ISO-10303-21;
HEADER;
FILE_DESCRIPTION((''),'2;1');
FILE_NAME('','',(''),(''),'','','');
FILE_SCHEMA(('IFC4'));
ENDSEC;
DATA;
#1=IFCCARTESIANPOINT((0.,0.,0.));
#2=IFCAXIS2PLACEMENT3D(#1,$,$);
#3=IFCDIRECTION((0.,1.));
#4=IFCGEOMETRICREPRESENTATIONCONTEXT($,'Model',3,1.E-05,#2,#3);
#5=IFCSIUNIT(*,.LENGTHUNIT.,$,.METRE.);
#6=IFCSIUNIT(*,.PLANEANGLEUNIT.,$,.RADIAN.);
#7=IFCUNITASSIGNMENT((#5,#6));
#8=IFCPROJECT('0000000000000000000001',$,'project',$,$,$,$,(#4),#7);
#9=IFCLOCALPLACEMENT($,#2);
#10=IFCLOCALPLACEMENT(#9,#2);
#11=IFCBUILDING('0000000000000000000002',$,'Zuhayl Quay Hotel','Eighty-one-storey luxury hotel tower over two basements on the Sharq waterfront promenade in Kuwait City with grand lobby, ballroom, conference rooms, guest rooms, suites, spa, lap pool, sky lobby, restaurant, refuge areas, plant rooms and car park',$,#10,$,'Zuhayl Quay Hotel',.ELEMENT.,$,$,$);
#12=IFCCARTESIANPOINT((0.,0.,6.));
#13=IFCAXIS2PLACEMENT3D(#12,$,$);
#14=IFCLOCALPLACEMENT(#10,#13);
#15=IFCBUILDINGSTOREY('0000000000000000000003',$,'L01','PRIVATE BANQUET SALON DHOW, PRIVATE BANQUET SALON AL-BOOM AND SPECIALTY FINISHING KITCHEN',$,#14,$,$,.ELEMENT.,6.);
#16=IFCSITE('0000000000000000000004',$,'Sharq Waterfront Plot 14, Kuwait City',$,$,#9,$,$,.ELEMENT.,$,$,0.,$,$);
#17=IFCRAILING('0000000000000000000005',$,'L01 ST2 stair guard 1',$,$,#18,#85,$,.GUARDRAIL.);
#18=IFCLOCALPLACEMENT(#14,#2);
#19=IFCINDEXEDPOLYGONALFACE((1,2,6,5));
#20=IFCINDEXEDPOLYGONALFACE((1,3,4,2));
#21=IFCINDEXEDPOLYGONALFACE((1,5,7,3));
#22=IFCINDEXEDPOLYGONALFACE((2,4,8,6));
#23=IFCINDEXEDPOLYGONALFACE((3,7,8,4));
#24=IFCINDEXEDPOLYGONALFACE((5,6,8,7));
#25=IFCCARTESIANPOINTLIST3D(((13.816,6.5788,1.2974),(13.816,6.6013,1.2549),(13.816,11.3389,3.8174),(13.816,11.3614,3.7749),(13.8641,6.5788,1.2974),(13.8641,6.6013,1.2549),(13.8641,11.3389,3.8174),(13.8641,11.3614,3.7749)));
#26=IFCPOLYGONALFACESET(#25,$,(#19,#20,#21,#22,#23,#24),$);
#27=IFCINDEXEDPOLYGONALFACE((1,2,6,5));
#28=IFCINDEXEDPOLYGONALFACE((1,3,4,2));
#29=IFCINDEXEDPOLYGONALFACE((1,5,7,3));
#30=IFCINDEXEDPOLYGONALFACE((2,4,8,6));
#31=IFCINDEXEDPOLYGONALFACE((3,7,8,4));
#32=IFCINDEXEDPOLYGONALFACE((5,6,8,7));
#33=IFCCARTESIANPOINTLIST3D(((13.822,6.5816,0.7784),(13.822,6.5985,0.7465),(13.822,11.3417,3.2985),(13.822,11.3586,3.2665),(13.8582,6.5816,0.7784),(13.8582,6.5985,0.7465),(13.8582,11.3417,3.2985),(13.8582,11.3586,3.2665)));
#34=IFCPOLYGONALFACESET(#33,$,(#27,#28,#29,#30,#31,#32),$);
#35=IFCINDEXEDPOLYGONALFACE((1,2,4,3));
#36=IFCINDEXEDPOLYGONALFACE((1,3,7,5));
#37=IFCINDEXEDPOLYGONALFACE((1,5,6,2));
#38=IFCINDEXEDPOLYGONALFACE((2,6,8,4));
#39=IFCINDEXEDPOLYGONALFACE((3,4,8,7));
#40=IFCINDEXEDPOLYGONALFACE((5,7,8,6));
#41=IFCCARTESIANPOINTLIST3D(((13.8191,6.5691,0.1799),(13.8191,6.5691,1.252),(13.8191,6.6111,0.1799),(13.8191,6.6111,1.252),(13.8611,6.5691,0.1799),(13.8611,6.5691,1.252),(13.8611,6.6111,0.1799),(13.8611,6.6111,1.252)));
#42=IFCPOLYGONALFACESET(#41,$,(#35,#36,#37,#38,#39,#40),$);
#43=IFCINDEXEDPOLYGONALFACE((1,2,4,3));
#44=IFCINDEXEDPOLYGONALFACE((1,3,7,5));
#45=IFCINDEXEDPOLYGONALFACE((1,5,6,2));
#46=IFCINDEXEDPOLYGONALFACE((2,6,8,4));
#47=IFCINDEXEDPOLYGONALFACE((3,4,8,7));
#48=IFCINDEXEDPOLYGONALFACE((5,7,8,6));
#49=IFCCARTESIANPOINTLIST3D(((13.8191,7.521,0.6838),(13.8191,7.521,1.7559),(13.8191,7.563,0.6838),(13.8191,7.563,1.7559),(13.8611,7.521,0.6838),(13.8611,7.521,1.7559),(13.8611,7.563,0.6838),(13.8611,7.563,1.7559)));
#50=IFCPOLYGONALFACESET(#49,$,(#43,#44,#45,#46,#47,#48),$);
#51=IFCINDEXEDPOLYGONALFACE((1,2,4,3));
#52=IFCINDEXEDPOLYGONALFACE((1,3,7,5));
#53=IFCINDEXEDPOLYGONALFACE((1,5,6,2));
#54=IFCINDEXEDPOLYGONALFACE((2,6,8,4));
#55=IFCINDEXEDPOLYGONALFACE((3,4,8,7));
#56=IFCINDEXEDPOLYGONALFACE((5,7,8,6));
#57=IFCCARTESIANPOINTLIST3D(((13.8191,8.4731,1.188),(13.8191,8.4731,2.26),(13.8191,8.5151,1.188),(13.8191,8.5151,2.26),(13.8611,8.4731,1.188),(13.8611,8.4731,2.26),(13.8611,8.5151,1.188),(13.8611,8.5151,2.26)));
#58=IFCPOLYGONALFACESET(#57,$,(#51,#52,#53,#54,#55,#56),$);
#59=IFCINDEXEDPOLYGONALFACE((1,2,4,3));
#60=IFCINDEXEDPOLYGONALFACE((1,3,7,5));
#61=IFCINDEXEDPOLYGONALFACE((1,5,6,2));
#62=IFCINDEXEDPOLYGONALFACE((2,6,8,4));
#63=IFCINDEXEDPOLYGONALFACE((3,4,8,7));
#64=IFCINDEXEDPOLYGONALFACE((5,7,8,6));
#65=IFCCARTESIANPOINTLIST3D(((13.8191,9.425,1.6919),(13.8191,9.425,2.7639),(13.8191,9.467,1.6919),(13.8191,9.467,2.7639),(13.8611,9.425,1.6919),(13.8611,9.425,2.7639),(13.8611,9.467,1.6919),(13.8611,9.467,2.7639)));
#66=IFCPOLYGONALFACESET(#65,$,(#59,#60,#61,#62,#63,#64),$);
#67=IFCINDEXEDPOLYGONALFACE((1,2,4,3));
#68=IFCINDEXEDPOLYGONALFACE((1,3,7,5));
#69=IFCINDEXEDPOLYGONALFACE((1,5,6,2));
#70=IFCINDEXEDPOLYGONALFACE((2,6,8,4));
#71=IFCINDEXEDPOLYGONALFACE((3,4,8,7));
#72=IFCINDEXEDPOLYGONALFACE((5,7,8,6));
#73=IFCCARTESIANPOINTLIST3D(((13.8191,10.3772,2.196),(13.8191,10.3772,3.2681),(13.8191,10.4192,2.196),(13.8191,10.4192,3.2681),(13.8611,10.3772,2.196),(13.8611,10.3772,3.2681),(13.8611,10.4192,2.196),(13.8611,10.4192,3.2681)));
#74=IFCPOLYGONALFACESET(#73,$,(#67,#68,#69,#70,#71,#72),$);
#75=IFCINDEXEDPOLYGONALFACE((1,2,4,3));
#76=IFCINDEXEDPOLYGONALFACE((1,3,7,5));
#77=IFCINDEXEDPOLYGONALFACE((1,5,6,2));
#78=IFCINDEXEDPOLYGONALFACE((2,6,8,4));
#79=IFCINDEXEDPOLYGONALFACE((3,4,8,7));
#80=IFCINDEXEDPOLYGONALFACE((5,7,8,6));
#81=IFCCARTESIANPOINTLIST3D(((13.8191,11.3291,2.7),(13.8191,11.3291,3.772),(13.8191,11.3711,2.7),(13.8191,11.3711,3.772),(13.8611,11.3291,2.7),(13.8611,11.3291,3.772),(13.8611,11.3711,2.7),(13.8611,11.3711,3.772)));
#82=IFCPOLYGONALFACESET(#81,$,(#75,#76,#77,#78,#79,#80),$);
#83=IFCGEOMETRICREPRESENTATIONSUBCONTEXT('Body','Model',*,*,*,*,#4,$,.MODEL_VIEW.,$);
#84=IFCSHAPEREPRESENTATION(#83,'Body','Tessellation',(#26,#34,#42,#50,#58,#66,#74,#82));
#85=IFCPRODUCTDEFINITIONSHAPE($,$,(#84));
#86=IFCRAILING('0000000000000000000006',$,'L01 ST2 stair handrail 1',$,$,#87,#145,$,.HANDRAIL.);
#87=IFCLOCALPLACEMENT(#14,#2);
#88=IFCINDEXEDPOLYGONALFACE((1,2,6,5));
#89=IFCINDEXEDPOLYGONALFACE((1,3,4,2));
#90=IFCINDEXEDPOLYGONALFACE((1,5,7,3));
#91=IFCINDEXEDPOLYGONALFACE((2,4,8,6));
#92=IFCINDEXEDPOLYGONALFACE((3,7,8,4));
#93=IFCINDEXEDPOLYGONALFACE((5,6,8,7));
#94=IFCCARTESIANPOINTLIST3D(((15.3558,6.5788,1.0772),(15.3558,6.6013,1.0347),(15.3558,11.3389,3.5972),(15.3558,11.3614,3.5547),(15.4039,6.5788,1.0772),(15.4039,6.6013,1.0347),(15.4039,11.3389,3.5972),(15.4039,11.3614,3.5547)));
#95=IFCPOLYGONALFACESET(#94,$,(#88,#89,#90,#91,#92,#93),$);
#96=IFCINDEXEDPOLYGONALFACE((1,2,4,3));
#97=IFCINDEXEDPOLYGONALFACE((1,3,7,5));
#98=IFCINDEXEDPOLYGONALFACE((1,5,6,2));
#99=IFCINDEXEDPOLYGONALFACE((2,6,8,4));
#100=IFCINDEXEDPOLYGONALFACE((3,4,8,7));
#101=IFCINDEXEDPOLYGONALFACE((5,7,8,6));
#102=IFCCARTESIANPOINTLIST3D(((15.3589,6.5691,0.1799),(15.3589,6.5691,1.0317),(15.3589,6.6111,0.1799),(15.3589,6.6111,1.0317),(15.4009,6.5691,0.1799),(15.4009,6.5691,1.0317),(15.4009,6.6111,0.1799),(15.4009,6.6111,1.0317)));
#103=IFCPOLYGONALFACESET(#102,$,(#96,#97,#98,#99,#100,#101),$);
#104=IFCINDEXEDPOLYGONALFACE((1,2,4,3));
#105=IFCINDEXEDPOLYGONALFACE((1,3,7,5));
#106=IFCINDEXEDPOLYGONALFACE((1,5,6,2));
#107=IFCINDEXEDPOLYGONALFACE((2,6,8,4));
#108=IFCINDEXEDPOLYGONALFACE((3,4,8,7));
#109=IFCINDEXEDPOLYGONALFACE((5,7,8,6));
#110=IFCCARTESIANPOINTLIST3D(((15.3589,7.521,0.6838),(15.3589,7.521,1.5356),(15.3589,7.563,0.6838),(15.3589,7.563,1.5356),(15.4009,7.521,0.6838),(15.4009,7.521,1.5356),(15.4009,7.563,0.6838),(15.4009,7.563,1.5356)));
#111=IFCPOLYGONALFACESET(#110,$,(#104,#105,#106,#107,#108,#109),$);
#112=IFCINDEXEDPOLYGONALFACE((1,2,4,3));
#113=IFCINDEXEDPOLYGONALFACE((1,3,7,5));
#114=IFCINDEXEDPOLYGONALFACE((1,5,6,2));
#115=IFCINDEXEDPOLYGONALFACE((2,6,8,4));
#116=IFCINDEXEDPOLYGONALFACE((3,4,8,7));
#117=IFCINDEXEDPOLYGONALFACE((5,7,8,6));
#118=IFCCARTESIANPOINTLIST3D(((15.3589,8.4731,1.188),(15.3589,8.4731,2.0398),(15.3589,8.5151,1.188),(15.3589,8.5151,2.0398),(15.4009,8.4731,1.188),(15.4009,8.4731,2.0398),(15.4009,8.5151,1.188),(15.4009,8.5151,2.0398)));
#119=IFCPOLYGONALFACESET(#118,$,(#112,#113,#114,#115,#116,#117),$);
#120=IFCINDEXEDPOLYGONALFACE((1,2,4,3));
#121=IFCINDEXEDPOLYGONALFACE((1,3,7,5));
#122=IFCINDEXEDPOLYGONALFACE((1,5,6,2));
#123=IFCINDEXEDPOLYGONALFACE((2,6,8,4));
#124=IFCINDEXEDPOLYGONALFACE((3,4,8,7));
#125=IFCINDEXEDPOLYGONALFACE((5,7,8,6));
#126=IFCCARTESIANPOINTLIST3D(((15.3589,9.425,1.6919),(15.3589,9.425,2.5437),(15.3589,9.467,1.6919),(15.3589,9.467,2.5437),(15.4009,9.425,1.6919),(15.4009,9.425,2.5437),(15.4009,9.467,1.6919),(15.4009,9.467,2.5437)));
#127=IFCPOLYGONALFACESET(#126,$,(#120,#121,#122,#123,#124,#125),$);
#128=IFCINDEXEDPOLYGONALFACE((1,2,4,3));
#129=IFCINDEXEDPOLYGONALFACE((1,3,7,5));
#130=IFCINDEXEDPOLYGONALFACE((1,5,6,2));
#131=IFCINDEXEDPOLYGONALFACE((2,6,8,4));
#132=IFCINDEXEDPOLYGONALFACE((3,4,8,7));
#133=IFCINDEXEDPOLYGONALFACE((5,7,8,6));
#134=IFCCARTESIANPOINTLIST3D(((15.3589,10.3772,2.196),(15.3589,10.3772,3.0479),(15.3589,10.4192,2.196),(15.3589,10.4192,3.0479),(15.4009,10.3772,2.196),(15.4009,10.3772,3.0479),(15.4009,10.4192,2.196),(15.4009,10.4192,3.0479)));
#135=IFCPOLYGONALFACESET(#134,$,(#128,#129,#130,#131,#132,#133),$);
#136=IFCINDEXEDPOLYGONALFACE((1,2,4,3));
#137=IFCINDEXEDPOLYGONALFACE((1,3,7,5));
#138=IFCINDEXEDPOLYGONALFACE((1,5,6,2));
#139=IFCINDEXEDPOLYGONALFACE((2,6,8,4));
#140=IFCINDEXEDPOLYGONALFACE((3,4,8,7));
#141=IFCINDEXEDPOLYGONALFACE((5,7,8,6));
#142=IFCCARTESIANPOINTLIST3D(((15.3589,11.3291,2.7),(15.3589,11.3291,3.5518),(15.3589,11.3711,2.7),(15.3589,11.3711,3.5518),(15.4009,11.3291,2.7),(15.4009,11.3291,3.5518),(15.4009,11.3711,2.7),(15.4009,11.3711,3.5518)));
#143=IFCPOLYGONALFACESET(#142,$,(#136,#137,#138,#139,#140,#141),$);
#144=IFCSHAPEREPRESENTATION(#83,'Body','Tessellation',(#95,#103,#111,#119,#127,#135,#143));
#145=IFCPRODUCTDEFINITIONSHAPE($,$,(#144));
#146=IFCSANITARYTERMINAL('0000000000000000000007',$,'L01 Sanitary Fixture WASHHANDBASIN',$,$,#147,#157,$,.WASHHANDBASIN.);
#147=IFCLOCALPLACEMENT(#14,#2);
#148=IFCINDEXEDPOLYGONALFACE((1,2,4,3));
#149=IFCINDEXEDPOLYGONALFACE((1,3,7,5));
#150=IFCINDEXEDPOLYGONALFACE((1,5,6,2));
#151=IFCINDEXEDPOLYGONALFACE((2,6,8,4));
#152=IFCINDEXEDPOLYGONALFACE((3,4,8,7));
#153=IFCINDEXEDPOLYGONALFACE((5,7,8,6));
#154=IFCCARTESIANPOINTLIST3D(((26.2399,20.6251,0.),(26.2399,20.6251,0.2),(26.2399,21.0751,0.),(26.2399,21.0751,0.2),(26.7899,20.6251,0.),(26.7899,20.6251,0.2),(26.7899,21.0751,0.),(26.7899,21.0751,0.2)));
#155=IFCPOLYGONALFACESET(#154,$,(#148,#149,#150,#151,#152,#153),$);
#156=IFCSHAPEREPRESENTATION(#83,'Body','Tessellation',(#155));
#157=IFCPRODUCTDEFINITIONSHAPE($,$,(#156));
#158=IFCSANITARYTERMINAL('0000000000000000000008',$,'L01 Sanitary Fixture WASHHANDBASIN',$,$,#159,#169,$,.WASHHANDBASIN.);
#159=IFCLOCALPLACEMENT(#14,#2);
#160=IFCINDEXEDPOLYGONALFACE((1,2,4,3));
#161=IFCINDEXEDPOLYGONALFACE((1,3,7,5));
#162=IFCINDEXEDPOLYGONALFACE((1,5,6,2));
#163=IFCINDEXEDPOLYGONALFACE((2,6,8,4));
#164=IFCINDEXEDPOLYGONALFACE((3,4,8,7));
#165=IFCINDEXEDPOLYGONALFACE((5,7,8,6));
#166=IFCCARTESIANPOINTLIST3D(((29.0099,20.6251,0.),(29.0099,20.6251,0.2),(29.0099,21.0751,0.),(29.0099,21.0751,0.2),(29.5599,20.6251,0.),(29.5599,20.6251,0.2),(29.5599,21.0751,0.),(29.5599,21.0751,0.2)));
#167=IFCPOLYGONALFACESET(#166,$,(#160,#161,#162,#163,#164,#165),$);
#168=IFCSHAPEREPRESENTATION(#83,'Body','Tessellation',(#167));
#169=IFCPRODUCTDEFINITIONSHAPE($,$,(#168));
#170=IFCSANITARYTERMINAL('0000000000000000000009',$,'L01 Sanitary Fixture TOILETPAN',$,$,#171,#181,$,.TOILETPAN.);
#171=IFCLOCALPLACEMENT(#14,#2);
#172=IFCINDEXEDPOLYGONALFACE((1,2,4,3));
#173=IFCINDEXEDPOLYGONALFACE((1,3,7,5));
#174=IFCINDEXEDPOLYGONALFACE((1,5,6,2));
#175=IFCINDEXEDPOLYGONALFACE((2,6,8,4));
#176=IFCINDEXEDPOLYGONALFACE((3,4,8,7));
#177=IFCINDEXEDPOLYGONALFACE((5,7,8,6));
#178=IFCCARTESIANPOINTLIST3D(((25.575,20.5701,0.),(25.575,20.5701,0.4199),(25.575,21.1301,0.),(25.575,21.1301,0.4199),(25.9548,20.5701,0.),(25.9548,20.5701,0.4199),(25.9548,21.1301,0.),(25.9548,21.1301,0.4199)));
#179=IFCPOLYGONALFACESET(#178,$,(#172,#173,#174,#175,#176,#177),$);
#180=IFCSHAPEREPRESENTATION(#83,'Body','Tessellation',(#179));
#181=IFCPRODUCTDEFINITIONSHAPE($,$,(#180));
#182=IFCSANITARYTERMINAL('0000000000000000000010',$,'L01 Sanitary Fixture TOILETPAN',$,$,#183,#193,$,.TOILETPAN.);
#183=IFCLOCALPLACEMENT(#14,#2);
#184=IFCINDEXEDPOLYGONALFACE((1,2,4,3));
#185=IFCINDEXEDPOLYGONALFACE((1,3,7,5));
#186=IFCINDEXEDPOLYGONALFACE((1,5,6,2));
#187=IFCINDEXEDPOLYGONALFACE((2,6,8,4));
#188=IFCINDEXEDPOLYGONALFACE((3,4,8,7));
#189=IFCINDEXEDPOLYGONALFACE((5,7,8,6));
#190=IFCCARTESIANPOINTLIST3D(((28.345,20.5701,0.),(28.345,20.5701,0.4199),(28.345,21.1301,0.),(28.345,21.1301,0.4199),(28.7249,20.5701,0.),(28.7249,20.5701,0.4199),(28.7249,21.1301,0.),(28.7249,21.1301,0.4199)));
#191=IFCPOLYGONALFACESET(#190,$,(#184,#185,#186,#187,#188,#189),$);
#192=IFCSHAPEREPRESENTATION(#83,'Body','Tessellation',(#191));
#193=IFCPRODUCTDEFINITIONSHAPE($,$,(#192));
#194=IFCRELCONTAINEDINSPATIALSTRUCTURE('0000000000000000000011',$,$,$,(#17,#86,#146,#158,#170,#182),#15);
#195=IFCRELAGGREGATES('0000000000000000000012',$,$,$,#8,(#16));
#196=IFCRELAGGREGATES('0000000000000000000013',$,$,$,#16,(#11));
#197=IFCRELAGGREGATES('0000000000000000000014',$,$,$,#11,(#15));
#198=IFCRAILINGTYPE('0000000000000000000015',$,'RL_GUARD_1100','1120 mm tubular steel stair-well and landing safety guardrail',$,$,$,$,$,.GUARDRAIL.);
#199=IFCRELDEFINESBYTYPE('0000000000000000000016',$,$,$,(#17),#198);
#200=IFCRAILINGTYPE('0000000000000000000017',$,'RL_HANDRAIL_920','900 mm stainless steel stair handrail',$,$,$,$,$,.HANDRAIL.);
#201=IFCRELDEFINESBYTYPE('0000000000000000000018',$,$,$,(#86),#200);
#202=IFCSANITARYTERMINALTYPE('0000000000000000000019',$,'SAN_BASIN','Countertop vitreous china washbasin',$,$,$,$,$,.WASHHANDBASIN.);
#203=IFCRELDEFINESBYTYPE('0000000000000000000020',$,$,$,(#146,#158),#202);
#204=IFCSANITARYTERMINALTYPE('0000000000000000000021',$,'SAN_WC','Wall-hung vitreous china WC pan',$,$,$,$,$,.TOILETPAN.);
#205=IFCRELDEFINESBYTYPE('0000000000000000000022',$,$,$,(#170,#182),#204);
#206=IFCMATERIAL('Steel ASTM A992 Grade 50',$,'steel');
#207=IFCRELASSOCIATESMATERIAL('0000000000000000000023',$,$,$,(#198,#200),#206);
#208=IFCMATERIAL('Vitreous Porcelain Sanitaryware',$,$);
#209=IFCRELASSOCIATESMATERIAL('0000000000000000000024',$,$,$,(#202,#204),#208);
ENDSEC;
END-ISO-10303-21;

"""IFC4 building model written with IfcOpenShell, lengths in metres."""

from ifc_helpers import new_model, si_unit, direction, frame, origin, origin_2d, place, context, subcontext, project, spatial, rectangle, extrude, material, type_object, element, save


model = new_model("IFC4")

# Units and contexts
model_context = context("Model", 3, precision=1e-05, world=origin(), true_north=direction((0.0, 1.0)))
body_context = subcontext(model_context, "Body", "Model", "MODEL_VIEW")
ifc_project = project(units=[si_unit("LENGTHUNIT", "METRE"), si_unit("PLANEANGLEUNIT", "RADIAN")], contexts=[model_context])

# Site, building, storey
site_placement = place(None, origin())
site = spatial("IfcSite", under=ifc_project, at=site_placement, Name="Sharq Waterfront Plot 14, Kuwait City", CompositionType="ELEMENT", RefElevation=0.0)
building_placement = place(site_placement, origin())
building = spatial("IfcBuilding", under=site, at=building_placement, Name="Zuhayl Quay Hotel", Description="Eighty-one-storey luxury hotel tower over two basements on the Sharq waterfront promenade in Kuwait City with grand lobby, ballroom, conference rooms, guest rooms, suites, spa, lap pool, sky lobby, restaurant, refuge areas, plant rooms and car park", LongName="Zuhayl Quay Hotel", CompositionType="ELEMENT")
storey_placement = place(building_placement, frame((0.0, 0.0, 6.0)))
storey = spatial("IfcBuildingStorey", under=building, at=storey_placement, Name="L01", Description="PRIVATE BANQUET SALON DHOW, PRIVATE BANQUET SALON AL-BOOM AND SPECIALTY FINISHING KITCHEN", CompositionType="ELEMENT", Elevation=6.0)

# Shared definitions
ifc_material_1 = material(Name="Steel ASTM A992 Grade 50", Category="steel")

# Railings
railing_type_1 = type_object("IfcRailingType", Name="RL_GUARD_1100", Description="1120 mm tubular steel stair-well and landing safety guardrail", PredefinedType="GUARDRAIL", material=ifc_material_1)
railing_1_placement = place(storey_placement, frame((13.8401, 6.5901, 0.1799)))
element("IfcRailing", 1, at=railing_1_placement, inside=storey, type_object=railing_type_1, Name="L01 ST2 stair guard 1", PredefinedType="GUARDRAIL", context=body_context, shape_type="SweptSolid", body=[
    extrude(rectangle(XDim=0.0481, YDim=0.0481, at=origin_2d()), frame((0.0, 0.0, 1.0962), z_axis=(0.0, 0.883787, 0.46789), x_axis=(-1.0, 0.0, 0.0)), (0.0, 0.0, 1.0), 5.386),
    extrude(rectangle(XDim=0.0361, YDim=0.0361, at=origin_2d()), frame((0.0, 0.0, 0.5825), z_axis=(0.0, 0.883787, 0.46789), x_axis=(-1.0, 0.0, 0.0)), (0.0, 0.0, 1.0), 5.386),
    extrude(rectangle(XDim=0.042, YDim=0.042, at=origin_2d()), origin(), (0.0, 0.0, 1.0), 1.072),
    extrude(rectangle(XDim=0.042, YDim=0.042, at=origin_2d()), frame((0.0, 0.9519, 0.5039)), (0.0, 0.0, 1.0), 1.072),
    extrude(rectangle(XDim=0.042, YDim=0.042, at=origin_2d()), frame((0.0, 1.9041, 1.0081)), (0.0, 0.0, 1.0), 1.072),
    extrude(rectangle(XDim=0.042, YDim=0.042, at=origin_2d()), frame((0.0, 2.856, 1.512)), (0.0, 0.0, 1.0), 1.072),
    extrude(rectangle(XDim=0.042, YDim=0.042, at=origin_2d()), frame((0.0, 3.8081, 2.0161)), (0.0, 0.0, 1.0), 1.072),
    extrude(rectangle(XDim=0.042, YDim=0.042, at=origin_2d()), frame((0.0, 4.76, 2.52)), (0.0, 0.0, 1.0), 1.072),
])
railing_type_2 = type_object("IfcRailingType", Name="RL_HANDRAIL_920", Description="900 mm stainless steel stair handrail", PredefinedType="HANDRAIL", material=ifc_material_1)
railing_2_placement = place(storey_placement, frame((15.3799, 6.5901, 0.1799)))
element("IfcRailing", 2, at=railing_2_placement, inside=storey, type_object=railing_type_2, Name="L01 ST2 stair handrail 1", PredefinedType="HANDRAIL", context=body_context, shape_type="SweptSolid", body=[
    extrude(rectangle(XDim=0.0481, YDim=0.0481, at=origin_2d()), frame((0.0, 0.0, 0.876), z_axis=(0.0, 0.883787, 0.46789), x_axis=(-1.0, 0.0, 0.0)), (0.0, 0.0, 1.0), 5.386),
    extrude(rectangle(XDim=0.042, YDim=0.042, at=origin_2d()), origin(), (0.0, 0.0, 1.0), 0.8518),
    extrude(rectangle(XDim=0.042, YDim=0.042, at=origin_2d()), frame((0.0, 0.9519, 0.5039)), (0.0, 0.0, 1.0), 0.8518),
    extrude(rectangle(XDim=0.042, YDim=0.042, at=origin_2d()), frame((0.0, 1.9041, 1.0081)), (0.0, 0.0, 1.0), 0.8518),
    extrude(rectangle(XDim=0.042, YDim=0.042, at=origin_2d()), frame((0.0, 2.856, 1.512)), (0.0, 0.0, 1.0), 0.8518),
    extrude(rectangle(XDim=0.042, YDim=0.042, at=origin_2d()), frame((0.0, 3.8081, 2.0161)), (0.0, 0.0, 1.0), 0.8518),
    extrude(rectangle(XDim=0.042, YDim=0.042, at=origin_2d()), frame((0.0, 4.76, 2.52)), (0.0, 0.0, 1.0), 0.8518),
])

# Sanitary terminals
ifc_material_2 = material(Name="Vitreous Porcelain Sanitaryware")
sanitary_terminal_type_1 = type_object("IfcSanitaryTerminalType", Name="SAN_BASIN", Description="Countertop vitreous china washbasin", PredefinedType="WASHHANDBASIN", material=ifc_material_2)
for number, where, z_axis, x_axis, name in (
    (3, (26.5149, 20.8501, 0.0), (0.0, 0.0, 1.0), (1.0, 0.0, 0.0), "L01 Sanitary Fixture WASHHANDBASIN"),
    (4, (29.2849, 20.8501, 0.0), (0.0, 0.0, 1.0), (1.0, 0.0, 0.0), "L01 Sanitary Fixture WASHHANDBASIN"),
):
    element("IfcSanitaryTerminal", number, at=place(storey_placement, frame(where, z_axis=z_axis, x_axis=x_axis)), inside=storey, type_object=sanitary_terminal_type_1, Name=name, PredefinedType="WASHHANDBASIN", context=body_context, shape_type="SweptSolid", body=[
        extrude(rectangle(XDim=0.55, YDim=0.45, at=origin_2d()), origin(), (0.0, 0.0, 1.0), 0.2),
    ])
sanitary_terminal_type_2 = type_object("IfcSanitaryTerminalType", Name="SAN_WC", Description="Wall-hung vitreous china WC pan", PredefinedType="TOILETPAN", material=ifc_material_2)
for number, where, z_axis, x_axis, name in (
    (5, (25.7649, 20.8501, 0.0), (0.0, 0.0, 1.0), (1.0, 0.0, 0.0), "L01 Sanitary Fixture TOILETPAN"),
    (6, (28.5349, 20.8501, 0.0), (0.0, 0.0, 1.0), (1.0, 0.0, 0.0), "L01 Sanitary Fixture TOILETPAN"),
):
    element("IfcSanitaryTerminal", number, at=place(storey_placement, frame(where, z_axis=z_axis, x_axis=x_axis)), inside=storey, type_object=sanitary_terminal_type_2, Name=name, PredefinedType="TOILETPAN", context=body_context, shape_type="SweptSolid", body=[
        extrude(rectangle(XDim=0.3799, YDim=0.5601, at=origin_2d()), origin(), (0.0, 0.0, 1.0), 0.4199),
    ])

save(model, "model.ifc")
